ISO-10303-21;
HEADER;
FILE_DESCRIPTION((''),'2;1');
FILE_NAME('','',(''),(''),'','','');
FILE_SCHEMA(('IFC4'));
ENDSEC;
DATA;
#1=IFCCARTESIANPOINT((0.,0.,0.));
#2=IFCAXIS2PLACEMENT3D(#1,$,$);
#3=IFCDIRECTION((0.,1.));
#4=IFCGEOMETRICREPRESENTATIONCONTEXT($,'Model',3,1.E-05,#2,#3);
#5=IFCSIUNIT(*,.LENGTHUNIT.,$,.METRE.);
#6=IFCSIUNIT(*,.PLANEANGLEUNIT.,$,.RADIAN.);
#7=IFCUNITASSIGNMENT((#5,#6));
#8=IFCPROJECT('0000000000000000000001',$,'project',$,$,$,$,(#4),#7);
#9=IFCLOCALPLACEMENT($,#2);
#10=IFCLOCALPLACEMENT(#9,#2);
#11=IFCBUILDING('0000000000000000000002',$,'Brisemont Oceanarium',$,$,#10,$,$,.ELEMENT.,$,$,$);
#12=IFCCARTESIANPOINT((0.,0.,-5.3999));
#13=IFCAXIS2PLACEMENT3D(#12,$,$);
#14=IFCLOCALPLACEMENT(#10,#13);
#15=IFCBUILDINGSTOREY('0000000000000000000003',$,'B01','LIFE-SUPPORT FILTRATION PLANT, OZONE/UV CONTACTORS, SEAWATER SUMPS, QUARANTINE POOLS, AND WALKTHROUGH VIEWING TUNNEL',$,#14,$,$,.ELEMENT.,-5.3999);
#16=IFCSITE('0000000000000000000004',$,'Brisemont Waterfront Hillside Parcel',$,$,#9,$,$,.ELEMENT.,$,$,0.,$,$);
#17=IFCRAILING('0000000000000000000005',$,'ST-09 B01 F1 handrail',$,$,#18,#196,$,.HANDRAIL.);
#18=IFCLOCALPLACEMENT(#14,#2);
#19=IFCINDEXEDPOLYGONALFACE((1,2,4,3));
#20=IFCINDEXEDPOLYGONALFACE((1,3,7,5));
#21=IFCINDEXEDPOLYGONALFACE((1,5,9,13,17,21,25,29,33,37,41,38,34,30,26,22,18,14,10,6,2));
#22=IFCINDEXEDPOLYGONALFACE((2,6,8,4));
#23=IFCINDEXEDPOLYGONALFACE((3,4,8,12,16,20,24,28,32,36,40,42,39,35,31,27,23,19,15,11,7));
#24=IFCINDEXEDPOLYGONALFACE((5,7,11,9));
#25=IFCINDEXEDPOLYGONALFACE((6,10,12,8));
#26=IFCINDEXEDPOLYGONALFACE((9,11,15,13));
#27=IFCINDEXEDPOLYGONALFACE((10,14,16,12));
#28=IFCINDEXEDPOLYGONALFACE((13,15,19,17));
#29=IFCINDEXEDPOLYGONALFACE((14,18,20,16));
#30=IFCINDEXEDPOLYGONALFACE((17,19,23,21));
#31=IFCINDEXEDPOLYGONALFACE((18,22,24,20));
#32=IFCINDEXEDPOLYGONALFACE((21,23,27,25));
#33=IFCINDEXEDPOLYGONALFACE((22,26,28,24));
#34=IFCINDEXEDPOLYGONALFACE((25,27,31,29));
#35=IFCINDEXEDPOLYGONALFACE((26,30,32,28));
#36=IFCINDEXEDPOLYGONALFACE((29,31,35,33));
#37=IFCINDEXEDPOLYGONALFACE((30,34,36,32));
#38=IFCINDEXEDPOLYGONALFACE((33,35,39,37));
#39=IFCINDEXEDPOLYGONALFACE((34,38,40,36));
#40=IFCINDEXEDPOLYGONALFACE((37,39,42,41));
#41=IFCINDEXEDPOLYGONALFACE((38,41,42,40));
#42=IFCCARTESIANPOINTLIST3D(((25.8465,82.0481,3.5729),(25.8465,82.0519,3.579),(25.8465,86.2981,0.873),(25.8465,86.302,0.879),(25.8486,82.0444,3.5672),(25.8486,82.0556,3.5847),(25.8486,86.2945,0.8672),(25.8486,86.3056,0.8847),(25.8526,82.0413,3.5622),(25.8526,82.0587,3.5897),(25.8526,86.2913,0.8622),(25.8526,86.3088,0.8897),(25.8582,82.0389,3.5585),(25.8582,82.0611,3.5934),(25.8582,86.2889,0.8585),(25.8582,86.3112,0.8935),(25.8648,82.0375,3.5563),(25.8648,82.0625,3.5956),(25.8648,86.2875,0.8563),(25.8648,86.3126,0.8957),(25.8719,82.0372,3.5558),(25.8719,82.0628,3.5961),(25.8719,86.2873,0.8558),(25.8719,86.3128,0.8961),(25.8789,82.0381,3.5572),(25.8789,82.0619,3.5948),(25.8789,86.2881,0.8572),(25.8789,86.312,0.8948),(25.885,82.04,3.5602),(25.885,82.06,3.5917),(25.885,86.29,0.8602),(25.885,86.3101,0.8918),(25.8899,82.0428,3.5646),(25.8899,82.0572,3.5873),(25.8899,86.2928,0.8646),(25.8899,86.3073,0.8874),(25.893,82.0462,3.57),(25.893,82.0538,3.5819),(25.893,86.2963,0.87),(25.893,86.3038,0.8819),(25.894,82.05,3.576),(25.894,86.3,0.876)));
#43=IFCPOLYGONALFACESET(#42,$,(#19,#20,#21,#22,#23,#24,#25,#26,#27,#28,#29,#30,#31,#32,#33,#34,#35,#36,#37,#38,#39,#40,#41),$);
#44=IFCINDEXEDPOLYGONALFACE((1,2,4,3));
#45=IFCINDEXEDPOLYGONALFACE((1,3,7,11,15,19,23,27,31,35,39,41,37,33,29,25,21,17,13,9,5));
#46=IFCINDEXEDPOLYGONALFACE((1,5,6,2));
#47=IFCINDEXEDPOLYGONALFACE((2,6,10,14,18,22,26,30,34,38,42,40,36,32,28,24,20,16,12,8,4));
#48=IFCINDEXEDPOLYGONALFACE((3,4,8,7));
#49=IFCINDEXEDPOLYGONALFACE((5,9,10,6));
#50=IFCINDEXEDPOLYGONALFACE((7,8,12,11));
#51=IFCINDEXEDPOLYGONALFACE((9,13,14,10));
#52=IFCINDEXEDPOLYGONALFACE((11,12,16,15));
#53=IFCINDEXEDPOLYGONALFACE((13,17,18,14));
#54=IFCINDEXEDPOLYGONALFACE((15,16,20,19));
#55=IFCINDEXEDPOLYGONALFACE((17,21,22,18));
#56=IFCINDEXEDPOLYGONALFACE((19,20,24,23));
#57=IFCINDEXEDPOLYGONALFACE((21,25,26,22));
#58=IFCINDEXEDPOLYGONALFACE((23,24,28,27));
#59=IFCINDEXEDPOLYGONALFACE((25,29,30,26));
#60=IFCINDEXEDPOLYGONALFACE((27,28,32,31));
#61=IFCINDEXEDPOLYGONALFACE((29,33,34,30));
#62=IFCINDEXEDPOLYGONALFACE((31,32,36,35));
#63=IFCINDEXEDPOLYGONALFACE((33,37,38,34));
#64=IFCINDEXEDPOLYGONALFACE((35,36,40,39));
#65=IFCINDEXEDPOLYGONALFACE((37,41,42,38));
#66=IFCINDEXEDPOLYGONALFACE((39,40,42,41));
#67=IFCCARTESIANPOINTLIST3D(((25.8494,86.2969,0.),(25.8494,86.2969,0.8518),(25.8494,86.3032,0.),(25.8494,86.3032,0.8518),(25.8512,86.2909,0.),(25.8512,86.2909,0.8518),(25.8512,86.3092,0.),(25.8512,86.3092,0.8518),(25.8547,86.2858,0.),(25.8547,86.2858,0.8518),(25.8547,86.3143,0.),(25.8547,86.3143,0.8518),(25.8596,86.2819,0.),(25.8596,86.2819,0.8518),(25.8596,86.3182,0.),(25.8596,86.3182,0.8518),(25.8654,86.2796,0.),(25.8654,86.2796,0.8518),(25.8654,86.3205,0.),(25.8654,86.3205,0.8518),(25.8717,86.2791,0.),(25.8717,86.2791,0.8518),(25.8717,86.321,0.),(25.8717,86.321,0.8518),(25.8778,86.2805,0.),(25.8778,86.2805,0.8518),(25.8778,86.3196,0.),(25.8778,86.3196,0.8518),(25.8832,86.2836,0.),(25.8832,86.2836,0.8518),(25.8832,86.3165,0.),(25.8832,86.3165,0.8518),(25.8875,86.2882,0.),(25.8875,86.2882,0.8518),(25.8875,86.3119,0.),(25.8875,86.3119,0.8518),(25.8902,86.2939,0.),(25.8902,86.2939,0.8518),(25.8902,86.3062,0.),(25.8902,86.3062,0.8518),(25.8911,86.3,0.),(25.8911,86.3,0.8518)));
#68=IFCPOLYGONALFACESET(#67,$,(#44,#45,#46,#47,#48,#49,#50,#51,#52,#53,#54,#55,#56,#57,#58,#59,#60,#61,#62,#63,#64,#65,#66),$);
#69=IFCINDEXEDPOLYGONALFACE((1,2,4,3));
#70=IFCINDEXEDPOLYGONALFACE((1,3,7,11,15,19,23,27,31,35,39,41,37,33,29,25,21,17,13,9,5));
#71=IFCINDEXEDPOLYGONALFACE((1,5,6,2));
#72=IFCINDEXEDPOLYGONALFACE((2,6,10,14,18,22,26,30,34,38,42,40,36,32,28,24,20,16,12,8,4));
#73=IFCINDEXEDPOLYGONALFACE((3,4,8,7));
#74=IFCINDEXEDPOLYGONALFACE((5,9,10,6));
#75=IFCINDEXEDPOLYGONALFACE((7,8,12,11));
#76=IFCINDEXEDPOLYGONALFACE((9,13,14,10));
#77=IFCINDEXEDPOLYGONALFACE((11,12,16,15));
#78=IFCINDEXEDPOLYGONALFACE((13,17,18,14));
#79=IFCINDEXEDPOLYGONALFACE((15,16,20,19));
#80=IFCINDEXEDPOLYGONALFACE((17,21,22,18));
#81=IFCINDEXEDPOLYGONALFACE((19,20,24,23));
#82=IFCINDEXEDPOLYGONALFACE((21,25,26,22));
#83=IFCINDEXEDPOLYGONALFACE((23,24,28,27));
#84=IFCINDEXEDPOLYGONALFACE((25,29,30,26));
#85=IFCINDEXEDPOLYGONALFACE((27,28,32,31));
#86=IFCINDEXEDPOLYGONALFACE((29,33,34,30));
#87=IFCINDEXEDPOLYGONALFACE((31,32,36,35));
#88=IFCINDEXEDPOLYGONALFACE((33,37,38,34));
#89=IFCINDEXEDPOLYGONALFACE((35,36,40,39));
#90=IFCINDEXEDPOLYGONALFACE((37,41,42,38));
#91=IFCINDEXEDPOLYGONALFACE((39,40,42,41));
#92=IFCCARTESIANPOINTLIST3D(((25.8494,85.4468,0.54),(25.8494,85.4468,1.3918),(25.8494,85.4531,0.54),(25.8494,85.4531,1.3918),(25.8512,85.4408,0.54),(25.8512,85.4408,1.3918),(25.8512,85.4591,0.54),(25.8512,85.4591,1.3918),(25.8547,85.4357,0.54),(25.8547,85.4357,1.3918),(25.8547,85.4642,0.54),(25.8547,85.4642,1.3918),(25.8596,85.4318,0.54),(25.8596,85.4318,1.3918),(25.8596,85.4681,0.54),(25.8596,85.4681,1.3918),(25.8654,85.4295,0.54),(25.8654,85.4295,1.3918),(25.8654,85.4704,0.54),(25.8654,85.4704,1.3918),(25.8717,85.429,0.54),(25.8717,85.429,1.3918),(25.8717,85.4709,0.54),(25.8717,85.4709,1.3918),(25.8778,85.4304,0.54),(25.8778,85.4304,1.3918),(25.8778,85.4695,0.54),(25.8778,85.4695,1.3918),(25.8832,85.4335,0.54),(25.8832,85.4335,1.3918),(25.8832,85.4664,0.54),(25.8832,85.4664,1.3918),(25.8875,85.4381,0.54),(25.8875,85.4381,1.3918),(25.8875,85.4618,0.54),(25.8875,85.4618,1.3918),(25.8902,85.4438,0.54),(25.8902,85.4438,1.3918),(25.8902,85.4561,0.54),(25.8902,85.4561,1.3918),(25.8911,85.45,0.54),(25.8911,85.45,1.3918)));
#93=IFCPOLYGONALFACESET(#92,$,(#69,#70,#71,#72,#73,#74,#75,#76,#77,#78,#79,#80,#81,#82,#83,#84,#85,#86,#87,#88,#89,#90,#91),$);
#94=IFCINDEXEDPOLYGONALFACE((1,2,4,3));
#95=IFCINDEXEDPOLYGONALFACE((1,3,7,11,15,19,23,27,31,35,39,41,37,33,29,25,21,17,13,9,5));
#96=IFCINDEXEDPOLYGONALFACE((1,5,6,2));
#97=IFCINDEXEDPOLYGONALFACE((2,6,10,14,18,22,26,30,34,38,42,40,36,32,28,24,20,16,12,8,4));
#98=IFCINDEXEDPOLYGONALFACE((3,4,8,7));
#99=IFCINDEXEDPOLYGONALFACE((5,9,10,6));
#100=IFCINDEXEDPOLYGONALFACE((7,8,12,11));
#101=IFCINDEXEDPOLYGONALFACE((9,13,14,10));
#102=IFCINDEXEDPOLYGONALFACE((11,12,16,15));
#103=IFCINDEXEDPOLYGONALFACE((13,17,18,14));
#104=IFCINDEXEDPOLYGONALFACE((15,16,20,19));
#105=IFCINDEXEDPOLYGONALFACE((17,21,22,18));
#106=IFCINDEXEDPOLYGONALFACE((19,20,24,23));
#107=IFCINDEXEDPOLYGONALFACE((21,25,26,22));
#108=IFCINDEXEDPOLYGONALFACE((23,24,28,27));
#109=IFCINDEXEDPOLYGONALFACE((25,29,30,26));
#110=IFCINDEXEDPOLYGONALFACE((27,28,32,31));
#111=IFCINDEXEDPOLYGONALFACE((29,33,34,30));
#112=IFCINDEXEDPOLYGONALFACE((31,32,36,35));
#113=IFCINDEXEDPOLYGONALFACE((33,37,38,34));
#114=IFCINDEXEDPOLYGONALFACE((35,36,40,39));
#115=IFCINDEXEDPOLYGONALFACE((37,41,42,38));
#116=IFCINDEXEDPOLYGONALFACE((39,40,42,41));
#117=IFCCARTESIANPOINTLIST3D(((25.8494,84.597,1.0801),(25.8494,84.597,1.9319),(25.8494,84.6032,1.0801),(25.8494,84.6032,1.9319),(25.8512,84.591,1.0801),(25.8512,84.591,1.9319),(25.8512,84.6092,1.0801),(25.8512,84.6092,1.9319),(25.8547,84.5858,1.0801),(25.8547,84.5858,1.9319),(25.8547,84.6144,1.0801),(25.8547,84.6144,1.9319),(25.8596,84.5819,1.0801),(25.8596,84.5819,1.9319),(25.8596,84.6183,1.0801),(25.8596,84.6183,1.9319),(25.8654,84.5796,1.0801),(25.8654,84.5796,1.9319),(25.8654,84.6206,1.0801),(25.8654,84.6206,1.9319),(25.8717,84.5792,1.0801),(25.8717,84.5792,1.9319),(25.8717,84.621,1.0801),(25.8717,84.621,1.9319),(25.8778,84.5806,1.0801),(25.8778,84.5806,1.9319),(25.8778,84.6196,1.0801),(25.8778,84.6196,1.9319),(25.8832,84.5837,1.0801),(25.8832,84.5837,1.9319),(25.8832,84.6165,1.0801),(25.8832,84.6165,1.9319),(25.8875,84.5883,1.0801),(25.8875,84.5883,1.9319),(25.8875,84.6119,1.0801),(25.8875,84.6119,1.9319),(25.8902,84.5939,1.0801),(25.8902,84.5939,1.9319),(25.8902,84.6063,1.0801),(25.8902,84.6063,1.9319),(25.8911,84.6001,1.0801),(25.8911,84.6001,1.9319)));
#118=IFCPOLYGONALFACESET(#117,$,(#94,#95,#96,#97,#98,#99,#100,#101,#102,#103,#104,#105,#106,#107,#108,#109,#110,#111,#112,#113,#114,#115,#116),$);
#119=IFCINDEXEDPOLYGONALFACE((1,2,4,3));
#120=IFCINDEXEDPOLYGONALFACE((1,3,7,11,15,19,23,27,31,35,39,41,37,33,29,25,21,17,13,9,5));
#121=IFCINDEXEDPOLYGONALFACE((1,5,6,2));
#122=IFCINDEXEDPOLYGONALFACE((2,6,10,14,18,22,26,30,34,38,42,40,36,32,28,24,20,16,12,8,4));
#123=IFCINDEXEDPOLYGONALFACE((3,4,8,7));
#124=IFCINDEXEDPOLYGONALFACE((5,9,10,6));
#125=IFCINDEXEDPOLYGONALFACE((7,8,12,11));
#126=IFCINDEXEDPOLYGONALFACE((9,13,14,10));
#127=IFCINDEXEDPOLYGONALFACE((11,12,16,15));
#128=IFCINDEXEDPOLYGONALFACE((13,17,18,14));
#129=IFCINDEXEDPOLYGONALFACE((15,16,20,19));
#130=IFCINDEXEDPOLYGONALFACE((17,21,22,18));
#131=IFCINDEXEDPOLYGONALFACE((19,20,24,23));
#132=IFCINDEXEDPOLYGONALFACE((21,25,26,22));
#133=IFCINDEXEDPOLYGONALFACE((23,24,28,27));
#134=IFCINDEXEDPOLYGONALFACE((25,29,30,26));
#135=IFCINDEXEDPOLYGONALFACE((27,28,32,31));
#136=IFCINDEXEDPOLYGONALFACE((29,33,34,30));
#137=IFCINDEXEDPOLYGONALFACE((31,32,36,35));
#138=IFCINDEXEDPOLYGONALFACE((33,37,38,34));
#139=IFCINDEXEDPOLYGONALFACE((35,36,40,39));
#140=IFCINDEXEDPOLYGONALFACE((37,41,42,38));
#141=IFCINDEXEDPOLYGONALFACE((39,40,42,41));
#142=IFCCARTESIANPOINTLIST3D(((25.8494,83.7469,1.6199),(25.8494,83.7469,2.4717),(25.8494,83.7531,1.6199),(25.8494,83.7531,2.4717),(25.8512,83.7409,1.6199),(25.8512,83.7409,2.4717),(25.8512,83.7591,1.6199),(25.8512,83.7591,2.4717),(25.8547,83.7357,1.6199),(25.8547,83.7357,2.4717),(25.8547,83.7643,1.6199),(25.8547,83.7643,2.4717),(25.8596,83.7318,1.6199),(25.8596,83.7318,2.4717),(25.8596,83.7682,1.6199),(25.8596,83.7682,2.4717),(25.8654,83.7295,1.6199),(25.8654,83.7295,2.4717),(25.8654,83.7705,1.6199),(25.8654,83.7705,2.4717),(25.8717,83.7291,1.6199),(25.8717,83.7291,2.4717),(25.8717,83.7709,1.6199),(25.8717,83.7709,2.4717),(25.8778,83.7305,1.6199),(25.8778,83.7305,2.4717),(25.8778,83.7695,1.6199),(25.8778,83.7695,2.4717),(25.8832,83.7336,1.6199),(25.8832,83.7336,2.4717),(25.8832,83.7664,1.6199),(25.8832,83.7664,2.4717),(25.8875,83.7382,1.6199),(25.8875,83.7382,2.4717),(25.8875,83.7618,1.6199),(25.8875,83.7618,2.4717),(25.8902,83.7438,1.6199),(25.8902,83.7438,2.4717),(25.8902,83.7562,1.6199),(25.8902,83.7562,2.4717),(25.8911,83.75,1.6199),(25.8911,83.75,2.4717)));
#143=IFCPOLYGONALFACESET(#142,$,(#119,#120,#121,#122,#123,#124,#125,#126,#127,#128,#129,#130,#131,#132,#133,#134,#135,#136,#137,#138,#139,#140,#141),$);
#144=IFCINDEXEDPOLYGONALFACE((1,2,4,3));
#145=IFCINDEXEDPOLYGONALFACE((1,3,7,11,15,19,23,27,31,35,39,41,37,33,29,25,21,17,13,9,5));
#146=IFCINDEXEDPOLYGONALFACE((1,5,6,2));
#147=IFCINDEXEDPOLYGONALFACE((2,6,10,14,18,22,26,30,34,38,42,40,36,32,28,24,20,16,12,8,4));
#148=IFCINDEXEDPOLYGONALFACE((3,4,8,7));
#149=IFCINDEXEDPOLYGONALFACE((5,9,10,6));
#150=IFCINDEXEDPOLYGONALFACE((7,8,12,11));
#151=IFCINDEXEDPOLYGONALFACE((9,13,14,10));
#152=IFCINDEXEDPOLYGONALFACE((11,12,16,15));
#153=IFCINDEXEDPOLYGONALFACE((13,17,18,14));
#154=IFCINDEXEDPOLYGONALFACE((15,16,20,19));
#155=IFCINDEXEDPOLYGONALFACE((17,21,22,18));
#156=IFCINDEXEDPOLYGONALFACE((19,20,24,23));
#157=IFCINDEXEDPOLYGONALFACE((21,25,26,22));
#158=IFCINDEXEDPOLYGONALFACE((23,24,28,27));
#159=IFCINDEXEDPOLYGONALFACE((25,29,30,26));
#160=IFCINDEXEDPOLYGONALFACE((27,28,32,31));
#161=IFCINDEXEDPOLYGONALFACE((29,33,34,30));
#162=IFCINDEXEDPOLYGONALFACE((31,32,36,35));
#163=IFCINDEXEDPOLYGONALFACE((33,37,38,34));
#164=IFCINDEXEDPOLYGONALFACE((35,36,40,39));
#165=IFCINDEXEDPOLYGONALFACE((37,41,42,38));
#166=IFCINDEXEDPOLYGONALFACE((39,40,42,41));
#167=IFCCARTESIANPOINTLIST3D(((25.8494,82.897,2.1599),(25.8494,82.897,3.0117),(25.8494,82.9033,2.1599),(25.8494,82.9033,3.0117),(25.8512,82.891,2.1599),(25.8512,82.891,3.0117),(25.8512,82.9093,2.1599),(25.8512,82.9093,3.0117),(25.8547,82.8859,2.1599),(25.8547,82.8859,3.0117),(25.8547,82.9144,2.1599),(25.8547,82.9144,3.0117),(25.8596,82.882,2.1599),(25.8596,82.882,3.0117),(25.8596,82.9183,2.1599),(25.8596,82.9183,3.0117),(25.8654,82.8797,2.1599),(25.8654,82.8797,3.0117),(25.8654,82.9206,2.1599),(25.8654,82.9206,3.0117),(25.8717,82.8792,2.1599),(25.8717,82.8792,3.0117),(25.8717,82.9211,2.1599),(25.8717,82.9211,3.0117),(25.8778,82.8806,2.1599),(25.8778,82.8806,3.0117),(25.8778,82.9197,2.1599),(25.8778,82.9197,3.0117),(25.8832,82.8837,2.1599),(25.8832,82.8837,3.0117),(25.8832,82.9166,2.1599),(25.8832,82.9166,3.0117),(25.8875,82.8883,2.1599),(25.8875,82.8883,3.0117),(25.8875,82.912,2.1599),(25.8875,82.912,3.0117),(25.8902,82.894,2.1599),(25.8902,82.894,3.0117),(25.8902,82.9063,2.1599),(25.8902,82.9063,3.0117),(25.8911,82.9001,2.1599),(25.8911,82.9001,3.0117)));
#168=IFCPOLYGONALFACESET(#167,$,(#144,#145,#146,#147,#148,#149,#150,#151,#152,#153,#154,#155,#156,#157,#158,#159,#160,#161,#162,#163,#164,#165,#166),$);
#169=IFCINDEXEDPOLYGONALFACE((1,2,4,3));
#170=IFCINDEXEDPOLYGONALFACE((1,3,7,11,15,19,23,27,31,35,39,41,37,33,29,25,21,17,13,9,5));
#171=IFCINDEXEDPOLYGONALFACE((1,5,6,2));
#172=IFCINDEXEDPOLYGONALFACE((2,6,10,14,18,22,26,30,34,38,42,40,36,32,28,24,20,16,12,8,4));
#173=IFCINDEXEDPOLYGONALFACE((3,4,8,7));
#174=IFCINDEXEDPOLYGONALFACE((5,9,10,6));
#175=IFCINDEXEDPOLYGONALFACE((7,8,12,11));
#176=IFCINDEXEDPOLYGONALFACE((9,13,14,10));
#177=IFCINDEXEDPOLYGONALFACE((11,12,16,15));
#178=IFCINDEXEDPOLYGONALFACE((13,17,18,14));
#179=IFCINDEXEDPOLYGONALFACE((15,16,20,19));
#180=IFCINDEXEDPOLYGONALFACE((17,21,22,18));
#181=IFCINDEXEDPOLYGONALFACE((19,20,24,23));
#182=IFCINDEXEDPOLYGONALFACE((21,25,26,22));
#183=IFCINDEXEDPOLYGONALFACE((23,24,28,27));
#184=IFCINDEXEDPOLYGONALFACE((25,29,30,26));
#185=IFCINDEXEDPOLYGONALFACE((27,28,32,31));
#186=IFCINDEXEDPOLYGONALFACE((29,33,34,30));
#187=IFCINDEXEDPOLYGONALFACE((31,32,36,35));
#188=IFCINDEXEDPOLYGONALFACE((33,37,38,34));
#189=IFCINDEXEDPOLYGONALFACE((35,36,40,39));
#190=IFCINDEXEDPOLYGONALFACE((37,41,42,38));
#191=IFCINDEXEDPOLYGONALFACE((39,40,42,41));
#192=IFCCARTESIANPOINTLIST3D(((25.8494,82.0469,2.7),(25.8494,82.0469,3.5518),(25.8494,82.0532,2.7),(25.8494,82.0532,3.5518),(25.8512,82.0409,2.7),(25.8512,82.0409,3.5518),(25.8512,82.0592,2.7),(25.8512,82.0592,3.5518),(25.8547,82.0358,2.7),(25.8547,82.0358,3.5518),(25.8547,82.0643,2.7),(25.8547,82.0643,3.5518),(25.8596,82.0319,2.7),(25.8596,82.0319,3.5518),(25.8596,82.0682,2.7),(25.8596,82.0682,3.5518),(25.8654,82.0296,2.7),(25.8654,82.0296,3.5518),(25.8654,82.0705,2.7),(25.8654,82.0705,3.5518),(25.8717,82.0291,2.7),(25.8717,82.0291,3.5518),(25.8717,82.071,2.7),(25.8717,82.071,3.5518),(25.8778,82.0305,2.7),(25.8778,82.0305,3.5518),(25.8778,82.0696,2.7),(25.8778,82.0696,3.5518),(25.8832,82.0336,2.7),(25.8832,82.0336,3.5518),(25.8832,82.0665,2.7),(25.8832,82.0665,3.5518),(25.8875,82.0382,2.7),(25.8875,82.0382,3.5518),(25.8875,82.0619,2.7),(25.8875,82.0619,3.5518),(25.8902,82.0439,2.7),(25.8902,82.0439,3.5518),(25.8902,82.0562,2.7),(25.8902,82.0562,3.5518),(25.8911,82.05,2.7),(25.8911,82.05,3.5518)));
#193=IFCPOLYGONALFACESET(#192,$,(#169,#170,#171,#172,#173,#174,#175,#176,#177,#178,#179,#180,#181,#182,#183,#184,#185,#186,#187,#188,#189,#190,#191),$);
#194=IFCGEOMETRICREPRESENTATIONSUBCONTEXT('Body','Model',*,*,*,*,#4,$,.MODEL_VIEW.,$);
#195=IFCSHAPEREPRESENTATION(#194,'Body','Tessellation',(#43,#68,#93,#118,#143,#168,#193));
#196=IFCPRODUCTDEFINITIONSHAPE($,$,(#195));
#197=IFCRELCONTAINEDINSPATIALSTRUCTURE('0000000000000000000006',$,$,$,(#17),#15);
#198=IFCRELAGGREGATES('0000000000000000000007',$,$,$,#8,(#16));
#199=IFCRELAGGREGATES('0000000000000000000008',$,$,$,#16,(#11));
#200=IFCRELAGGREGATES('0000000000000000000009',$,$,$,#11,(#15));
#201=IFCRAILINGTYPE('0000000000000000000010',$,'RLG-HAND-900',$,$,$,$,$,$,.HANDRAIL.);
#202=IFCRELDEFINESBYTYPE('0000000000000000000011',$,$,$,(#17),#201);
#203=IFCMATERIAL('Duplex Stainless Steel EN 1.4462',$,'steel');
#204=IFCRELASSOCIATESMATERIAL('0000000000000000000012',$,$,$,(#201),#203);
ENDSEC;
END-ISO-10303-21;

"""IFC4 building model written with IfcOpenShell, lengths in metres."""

from ifc_helpers import new_model, si_unit, direction, frame, origin, origin_2d, place, context, subcontext, project, spatial, circle, extrude, material, type_object, element, save


model = new_model("IFC4")

# Units and contexts
model_context = context("Model", 3, precision=1e-05, world=origin(), true_north=direction((0.0, 1.0)))
body_context = subcontext(model_context, "Body", "Model", "MODEL_VIEW")
ifc_project = project(units=[si_unit("LENGTHUNIT", "METRE"), si_unit("PLANEANGLEUNIT", "RADIAN")], contexts=[model_context])

# Site, building, storey
site_placement = place(None, origin())
site = spatial("IfcSite", under=ifc_project, at=site_placement, Name="Brisemont Waterfront Hillside Parcel", CompositionType="ELEMENT", RefElevation=0.0)
building_placement = place(site_placement, origin())
building = spatial("IfcBuilding", under=site, at=building_placement, Name="Brisemont Oceanarium", CompositionType="ELEMENT")
storey_placement = place(building_placement, frame((0.0, 0.0, -5.3999)))
storey = spatial("IfcBuildingStorey", under=building, at=storey_placement, Name="B01", Description="LIFE-SUPPORT FILTRATION PLANT, OZONE/UV CONTACTORS, SEAWATER SUMPS, QUARANTINE POOLS, AND WALKTHROUGH VIEWING TUNNEL", CompositionType="ELEMENT", Elevation=-5.3999)

# Railing
ifc_material_1 = material(Name="Duplex Stainless Steel EN 1.4462", Category="steel")
railing_type_1 = type_object("IfcRailingType", Name="RLG-HAND-900", PredefinedType="HANDRAIL", material=ifc_material_1)
railing_1_placement = place(storey_placement, frame((25.8701, 86.3, 0.0)))
element("IfcRailing", 1, at=railing_1_placement, inside=storey, type_object=railing_type_1, Name="ST-09 B01 F1 handrail", PredefinedType="HANDRAIL", context=body_context, shape_type="SweptSolid", body=[
    extrude(circle(Radius=0.0239, at=origin_2d()), frame((0.0, 0.0, 0.876), z_axis=(0.0, -0.844075, 0.536226), x_axis=(1.0, 0.0, 0.0)), (0.0, 0.0, 1.0), 5.0352),
    extrude(circle(Radius=0.021, at=origin_2d()), origin(), (0.0, 0.0, 1.0), 0.8518),
    extrude(circle(Radius=0.021, at=origin_2d()), frame((0.0, -0.8501, 0.54)), (0.0, 0.0, 1.0), 0.8518),
    extrude(circle(Radius=0.021, at=origin_2d()), frame((0.0, -1.7, 1.0801)), (0.0, 0.0, 1.0), 0.8518),
    extrude(circle(Radius=0.021, at=origin_2d()), frame((0.0, -2.55, 1.6199)), (0.0, 0.0, 1.0), 0.8518),
    extrude(circle(Radius=0.021, at=origin_2d()), frame((0.0, -3.3999, 2.1599)), (0.0, 0.0, 1.0), 0.8518),
    extrude(circle(Radius=0.021, at=origin_2d()), frame((0.0, -4.25, 2.7)), (0.0, 0.0, 1.0), 0.8518),
])

save(model, "model.ifc")
